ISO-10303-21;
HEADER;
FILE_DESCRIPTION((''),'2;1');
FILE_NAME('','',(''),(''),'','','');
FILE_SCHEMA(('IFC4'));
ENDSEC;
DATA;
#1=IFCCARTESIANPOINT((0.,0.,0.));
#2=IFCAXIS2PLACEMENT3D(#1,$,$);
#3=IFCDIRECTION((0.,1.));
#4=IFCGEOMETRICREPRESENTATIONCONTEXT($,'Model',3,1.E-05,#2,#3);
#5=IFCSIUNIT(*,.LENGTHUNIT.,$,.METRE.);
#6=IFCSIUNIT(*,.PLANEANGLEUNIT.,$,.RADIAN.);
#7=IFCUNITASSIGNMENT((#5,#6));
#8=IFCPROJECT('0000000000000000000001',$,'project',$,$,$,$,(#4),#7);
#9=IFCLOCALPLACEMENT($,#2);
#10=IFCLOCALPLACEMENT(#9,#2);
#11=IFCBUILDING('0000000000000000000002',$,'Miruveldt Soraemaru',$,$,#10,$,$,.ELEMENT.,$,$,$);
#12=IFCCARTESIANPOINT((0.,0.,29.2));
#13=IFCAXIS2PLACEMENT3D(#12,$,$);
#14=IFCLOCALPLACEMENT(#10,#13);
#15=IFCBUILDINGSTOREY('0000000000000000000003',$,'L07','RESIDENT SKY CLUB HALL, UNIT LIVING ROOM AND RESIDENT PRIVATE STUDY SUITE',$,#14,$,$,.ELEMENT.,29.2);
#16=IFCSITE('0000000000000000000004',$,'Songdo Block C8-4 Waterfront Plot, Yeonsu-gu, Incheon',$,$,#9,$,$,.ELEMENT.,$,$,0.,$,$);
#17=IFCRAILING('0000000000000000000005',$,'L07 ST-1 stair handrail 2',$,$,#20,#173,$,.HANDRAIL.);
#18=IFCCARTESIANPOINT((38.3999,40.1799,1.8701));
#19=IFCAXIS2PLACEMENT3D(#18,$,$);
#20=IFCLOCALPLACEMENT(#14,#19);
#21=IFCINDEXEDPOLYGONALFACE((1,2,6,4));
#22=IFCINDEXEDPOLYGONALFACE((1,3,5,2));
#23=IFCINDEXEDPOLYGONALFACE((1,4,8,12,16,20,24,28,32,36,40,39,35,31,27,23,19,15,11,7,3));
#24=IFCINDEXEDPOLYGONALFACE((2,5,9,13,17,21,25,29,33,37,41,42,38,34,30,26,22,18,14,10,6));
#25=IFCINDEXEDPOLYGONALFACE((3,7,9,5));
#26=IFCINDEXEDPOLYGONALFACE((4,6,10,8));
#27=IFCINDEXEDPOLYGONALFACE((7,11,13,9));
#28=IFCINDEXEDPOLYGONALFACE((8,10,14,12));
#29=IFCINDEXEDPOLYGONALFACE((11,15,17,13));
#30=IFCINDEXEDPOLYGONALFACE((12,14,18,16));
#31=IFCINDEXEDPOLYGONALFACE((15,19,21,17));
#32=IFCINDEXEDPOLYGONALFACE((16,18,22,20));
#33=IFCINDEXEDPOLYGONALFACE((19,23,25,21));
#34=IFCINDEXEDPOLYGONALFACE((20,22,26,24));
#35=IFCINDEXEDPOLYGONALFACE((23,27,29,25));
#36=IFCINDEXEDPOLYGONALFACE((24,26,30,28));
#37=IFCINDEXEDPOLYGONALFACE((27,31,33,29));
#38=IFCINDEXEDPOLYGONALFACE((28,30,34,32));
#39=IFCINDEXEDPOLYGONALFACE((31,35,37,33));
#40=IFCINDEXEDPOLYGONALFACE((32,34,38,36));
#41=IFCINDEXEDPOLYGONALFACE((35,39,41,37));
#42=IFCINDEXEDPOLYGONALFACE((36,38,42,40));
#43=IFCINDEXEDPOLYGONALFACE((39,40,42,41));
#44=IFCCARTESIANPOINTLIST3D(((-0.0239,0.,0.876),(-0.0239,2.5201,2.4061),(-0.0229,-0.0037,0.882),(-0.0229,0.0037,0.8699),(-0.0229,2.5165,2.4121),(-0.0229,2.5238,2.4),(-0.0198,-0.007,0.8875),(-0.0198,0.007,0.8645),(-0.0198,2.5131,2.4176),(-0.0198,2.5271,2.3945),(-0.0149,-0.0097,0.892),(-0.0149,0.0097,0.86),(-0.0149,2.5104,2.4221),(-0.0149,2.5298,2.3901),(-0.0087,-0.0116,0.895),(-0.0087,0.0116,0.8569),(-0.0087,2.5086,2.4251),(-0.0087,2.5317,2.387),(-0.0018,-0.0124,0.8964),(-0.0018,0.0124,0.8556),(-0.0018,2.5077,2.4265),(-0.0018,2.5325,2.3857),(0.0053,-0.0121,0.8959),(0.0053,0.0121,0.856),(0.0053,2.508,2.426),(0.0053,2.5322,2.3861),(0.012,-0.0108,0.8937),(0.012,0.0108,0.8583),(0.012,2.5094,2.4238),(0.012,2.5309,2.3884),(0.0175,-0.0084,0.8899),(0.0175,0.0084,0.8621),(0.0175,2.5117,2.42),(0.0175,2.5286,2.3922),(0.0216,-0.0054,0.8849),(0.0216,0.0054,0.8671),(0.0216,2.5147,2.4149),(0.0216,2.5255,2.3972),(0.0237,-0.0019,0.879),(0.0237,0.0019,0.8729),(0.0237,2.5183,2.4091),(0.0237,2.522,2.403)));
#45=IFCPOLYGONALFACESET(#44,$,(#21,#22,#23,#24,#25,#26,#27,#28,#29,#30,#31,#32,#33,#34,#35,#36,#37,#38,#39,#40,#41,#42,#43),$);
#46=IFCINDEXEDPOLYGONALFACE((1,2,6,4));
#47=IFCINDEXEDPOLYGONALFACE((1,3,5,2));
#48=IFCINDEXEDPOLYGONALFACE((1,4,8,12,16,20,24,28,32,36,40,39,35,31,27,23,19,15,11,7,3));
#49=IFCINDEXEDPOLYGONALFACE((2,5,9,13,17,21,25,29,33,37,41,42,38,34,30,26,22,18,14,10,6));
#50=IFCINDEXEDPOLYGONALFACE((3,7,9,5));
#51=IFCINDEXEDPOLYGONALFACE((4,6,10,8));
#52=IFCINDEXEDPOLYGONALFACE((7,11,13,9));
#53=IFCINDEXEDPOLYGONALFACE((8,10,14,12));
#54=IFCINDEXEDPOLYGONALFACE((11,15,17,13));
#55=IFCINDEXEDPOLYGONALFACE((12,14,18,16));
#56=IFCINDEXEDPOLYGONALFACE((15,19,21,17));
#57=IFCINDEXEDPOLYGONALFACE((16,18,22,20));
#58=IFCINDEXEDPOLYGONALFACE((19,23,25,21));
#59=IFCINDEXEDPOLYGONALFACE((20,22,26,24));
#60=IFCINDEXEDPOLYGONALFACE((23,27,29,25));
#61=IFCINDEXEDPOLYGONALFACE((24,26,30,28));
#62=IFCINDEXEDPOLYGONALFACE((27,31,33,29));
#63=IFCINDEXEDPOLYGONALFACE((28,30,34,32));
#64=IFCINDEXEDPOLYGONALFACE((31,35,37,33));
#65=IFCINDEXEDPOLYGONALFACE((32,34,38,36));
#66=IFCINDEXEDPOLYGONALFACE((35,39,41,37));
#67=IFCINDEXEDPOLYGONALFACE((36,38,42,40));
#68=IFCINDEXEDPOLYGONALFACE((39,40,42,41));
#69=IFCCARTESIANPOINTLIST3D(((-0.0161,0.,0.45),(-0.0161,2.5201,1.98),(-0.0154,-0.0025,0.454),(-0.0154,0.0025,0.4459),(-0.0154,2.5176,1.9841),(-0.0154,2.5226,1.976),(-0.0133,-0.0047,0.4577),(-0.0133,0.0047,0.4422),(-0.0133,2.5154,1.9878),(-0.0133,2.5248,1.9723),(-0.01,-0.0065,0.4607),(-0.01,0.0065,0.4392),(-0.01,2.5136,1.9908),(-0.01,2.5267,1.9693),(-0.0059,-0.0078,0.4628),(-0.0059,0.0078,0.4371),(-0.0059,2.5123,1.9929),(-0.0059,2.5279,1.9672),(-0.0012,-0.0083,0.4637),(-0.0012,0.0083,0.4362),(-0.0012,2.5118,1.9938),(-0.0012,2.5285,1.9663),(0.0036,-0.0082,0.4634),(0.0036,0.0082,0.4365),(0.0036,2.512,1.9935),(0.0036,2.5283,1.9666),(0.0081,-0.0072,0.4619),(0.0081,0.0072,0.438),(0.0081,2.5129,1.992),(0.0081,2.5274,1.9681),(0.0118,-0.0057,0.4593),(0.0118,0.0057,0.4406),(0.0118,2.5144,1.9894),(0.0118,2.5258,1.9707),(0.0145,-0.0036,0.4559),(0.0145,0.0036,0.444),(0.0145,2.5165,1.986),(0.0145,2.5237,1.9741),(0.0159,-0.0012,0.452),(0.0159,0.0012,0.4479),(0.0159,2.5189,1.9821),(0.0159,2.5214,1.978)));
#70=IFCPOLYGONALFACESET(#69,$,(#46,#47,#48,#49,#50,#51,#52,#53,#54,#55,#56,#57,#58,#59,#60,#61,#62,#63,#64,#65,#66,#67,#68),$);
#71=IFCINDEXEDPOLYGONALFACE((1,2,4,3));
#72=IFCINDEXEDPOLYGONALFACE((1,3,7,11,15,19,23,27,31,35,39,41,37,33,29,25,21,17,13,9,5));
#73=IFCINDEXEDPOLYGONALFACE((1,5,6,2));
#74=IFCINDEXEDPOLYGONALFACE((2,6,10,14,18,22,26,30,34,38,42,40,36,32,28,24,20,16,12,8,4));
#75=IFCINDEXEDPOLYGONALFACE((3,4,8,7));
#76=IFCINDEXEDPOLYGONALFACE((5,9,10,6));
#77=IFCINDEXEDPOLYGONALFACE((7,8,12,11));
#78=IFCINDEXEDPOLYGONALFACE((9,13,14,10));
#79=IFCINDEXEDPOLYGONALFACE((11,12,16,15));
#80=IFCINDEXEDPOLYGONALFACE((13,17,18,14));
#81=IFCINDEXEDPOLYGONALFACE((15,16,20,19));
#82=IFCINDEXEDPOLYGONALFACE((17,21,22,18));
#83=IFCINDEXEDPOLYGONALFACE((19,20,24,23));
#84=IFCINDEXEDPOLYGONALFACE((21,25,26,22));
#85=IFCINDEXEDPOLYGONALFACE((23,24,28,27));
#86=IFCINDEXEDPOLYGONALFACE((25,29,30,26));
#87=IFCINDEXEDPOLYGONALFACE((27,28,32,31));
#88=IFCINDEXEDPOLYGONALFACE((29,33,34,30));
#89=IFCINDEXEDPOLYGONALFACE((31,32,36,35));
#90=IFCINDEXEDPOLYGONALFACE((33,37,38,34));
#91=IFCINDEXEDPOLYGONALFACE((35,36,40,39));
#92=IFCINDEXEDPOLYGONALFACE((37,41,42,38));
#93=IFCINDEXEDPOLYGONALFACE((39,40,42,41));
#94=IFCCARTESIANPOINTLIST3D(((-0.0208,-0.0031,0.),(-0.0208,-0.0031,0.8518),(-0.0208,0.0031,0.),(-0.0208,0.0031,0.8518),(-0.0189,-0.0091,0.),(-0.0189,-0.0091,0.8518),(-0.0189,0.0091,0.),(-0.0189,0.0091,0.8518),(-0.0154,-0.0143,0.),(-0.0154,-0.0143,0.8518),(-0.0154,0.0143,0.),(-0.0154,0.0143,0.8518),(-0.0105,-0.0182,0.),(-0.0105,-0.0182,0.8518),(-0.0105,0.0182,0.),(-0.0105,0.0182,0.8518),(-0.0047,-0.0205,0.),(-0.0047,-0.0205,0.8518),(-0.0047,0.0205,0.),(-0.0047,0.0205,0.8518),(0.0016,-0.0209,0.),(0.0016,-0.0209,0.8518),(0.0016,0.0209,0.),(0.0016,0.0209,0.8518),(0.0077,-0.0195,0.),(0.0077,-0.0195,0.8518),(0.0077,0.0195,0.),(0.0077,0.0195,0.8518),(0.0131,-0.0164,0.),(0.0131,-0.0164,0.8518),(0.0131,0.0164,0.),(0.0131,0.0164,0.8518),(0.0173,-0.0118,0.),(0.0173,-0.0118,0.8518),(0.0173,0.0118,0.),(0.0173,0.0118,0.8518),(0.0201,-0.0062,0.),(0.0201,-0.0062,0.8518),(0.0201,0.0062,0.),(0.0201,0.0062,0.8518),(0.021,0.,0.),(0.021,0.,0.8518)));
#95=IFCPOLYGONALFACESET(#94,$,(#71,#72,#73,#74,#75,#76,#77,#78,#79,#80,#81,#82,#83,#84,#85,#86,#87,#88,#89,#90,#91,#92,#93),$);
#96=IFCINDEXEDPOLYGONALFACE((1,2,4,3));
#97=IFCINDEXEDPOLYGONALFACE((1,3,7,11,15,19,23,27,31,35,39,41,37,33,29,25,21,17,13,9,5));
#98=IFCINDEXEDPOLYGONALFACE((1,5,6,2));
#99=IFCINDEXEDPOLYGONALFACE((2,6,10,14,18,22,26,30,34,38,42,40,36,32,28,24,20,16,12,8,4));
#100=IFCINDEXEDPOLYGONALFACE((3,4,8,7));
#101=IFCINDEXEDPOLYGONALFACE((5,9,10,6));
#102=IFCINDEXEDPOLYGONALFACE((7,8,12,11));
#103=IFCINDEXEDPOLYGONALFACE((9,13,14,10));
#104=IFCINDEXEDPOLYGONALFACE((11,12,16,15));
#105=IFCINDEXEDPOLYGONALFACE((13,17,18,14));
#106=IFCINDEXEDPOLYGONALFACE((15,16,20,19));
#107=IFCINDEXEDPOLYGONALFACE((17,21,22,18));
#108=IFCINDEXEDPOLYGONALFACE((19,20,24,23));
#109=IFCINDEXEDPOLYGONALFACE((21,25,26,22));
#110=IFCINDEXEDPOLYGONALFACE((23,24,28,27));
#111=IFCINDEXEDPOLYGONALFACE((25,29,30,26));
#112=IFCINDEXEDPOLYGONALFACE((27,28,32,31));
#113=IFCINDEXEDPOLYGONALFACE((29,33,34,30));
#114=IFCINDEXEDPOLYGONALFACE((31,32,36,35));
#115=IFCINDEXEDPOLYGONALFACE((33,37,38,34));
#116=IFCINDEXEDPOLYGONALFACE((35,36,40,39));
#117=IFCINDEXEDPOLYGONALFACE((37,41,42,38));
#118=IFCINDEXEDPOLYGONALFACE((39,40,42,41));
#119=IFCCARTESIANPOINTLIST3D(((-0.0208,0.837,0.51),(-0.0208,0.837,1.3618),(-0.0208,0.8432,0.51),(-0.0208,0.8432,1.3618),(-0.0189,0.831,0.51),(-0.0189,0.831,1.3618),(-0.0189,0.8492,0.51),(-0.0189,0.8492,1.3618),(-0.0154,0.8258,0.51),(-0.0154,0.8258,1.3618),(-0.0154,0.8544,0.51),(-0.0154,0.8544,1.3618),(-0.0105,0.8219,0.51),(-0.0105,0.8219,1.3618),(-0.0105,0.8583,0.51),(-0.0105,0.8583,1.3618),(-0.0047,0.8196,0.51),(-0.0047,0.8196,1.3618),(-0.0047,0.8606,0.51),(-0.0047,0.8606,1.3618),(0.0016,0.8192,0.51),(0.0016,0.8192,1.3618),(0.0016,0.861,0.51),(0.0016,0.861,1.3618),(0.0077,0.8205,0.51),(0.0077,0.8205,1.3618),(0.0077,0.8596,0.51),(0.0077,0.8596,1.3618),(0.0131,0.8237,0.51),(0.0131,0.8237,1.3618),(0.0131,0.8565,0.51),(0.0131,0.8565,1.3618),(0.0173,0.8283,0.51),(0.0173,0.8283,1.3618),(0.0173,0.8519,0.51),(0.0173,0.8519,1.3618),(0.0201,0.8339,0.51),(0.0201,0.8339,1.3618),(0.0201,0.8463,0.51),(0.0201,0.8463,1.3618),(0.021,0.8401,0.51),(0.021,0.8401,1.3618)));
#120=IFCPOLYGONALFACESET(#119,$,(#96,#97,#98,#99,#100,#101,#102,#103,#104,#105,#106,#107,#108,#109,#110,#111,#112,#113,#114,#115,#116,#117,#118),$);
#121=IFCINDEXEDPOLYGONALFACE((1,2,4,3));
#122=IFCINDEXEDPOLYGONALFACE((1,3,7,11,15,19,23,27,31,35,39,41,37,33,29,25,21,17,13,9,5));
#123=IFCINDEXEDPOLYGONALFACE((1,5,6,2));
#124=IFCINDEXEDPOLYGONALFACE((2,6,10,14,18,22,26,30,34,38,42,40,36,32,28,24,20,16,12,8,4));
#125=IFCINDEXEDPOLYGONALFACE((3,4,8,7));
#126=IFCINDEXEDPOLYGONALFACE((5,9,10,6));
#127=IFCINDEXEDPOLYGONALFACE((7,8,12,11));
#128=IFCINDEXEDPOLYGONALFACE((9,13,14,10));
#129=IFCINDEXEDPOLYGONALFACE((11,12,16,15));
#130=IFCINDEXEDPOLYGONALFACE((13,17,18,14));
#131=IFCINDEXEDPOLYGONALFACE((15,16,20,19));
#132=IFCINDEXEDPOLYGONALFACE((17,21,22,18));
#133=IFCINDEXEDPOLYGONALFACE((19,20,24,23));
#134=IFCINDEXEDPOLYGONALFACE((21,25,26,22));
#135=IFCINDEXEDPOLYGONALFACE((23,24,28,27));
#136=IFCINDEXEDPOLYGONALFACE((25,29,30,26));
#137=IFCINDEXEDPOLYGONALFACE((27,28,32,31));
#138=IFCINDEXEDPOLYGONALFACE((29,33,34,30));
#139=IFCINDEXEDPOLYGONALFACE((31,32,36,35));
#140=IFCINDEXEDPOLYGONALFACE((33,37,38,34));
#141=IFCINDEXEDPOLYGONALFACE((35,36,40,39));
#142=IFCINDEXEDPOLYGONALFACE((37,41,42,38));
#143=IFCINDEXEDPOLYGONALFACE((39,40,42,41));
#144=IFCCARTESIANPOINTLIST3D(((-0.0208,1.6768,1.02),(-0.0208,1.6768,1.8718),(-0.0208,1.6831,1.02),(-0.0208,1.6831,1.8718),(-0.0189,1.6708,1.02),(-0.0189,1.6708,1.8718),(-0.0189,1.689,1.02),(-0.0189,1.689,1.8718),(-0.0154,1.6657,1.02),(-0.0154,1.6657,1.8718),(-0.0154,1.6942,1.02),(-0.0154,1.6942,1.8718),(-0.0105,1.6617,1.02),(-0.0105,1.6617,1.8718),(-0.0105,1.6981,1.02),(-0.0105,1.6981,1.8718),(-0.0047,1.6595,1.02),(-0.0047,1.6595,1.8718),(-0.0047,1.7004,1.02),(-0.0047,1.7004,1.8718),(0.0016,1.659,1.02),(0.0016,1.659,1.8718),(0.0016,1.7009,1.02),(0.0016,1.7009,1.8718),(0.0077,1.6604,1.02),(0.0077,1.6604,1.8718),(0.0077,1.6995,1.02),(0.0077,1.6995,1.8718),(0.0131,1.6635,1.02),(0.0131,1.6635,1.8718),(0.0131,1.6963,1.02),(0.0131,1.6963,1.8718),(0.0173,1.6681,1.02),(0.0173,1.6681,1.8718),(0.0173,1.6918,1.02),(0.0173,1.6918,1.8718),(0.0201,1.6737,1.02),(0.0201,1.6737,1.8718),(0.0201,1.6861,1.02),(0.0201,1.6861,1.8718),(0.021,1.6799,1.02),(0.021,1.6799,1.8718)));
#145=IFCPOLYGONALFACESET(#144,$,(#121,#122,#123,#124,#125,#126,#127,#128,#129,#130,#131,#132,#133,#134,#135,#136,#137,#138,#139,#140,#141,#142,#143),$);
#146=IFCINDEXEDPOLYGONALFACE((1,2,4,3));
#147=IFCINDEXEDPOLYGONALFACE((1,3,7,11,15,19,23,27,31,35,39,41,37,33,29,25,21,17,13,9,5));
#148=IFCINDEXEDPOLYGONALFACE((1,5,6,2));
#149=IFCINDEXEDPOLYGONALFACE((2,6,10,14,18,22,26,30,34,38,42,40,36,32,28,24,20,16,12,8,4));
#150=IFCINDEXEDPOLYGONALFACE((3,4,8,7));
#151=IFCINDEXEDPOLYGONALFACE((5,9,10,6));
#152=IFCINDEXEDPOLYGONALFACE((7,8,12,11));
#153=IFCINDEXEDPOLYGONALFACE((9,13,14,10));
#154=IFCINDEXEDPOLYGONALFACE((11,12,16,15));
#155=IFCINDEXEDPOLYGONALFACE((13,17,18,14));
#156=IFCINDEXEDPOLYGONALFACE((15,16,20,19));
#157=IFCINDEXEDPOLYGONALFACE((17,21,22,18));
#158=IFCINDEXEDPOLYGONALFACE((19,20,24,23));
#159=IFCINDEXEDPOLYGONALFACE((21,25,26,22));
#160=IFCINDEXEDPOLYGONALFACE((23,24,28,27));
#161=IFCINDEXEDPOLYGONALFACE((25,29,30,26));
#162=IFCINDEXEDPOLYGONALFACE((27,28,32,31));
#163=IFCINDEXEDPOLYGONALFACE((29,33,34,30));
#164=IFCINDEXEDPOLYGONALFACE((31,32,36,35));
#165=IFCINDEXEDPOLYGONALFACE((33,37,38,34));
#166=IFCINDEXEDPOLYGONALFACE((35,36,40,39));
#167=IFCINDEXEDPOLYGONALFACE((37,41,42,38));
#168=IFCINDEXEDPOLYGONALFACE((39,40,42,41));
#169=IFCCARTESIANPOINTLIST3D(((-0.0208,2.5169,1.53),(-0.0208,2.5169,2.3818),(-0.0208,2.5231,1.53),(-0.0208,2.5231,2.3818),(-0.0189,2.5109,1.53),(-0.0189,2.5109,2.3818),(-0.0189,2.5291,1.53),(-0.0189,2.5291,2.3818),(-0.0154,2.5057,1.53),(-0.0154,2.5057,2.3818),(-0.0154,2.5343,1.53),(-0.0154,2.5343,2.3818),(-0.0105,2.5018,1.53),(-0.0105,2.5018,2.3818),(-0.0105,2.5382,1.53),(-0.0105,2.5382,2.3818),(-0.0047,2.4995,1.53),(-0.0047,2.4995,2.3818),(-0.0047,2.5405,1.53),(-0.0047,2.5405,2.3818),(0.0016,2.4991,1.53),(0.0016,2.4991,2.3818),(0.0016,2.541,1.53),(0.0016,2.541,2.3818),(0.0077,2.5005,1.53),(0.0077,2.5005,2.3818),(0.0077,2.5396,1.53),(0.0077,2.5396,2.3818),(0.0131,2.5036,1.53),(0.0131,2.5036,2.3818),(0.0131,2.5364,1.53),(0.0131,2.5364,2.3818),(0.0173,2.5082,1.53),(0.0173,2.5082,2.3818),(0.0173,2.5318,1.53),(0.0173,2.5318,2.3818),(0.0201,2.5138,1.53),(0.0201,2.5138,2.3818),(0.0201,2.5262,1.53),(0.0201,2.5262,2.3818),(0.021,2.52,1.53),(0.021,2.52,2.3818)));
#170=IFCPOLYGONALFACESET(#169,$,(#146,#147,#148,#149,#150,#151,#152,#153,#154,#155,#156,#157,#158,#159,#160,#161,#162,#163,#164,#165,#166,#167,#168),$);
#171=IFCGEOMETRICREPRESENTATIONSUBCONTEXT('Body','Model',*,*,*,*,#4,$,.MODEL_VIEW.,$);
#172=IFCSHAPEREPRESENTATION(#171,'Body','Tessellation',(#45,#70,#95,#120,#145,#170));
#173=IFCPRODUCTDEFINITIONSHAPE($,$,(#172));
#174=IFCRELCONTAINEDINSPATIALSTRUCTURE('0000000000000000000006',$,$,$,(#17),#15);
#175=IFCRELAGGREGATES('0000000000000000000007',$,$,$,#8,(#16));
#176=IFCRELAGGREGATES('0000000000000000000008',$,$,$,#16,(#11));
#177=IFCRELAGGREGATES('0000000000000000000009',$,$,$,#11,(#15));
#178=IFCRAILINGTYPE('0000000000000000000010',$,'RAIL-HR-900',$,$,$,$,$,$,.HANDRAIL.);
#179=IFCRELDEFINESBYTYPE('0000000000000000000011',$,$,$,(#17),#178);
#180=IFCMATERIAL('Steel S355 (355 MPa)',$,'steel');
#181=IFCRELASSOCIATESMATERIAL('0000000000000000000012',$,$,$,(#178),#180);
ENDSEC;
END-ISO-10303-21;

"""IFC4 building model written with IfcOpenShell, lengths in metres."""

from ifc_helpers import new_model, si_unit, direction, frame, origin, origin_2d, place, context, subcontext, project, spatial, circle, extrude, material, type_object, element, save


model = new_model("IFC4")

# Units and contexts
model_context = context("Model", 3, precision=1e-05, world=origin(), true_north=direction((0.0, 1.0)))
body_context = subcontext(model_context, "Body", "Model", "MODEL_VIEW")
ifc_project = project(units=[si_unit("LENGTHUNIT", "METRE"), si_unit("PLANEANGLEUNIT", "RADIAN")], contexts=[model_context])

# Site, building, storey
site_placement = place(None, origin())
site = spatial("IfcSite", under=ifc_project, at=site_placement, Name="Songdo Block C8-4 Waterfront Plot, Yeonsu-gu, Incheon", CompositionType="ELEMENT", RefElevation=0.0)
building_placement = place(site_placement, origin())
building = spatial("IfcBuilding", under=site, at=building_placement, Name="Miruveldt Soraemaru", CompositionType="ELEMENT")
storey_placement = place(building_placement, frame((0.0, 0.0, 29.2)))
storey = spatial("IfcBuildingStorey", under=building, at=storey_placement, Name="L07", Description="RESIDENT SKY CLUB HALL, UNIT LIVING ROOM AND RESIDENT PRIVATE STUDY SUITE", CompositionType="ELEMENT", Elevation=29.2)

# Railing
ifc_material_1 = material(Name="Steel S355 (355 MPa)", Category="steel")
railing_type_1 = type_object("IfcRailingType", Name="RAIL-HR-900", PredefinedType="HANDRAIL", material=ifc_material_1)
railing_1_placement = place(storey_placement, frame((38.3999, 40.1799, 1.8701)))
element("IfcRailing", 1, at=railing_1_placement, inside=storey, type_object=railing_type_1, Name="L07 ST-1 stair handrail 2", PredefinedType="HANDRAIL", context=body_context, shape_type="SweptSolid", body=[
    extrude(circle(Radius=0.0239, at=origin_2d()), frame((0.0, 0.0, 0.876), z_axis=(0.0, 0.854785, 0.518982), x_axis=(-1.0, 0.0, 0.0)), (0.0, 0.0, 1.0), 2.9482),
    extrude(circle(Radius=0.0161, at=origin_2d()), frame((0.0, 0.0, 0.45), z_axis=(0.0, 0.854785, 0.518982), x_axis=(-1.0, 0.0, 0.0)), (0.0, 0.0, 1.0), 2.9482),
    extrude(circle(Radius=0.021, at=origin_2d()), origin(), (0.0, 0.0, 1.0), 0.8518),
    extrude(circle(Radius=0.021, at=origin_2d()), frame((0.0, 0.8401, 0.51)), (0.0, 0.0, 1.0), 0.8518),
    extrude(circle(Radius=0.021, at=origin_2d()), frame((0.0, 1.6799, 1.02)), (0.0, 0.0, 1.0), 0.8518),
    extrude(circle(Radius=0.021, at=origin_2d()), frame((0.0, 2.52, 1.53)), (0.0, 0.0, 1.0), 0.8518),
])

save(model, "model.ifc")
